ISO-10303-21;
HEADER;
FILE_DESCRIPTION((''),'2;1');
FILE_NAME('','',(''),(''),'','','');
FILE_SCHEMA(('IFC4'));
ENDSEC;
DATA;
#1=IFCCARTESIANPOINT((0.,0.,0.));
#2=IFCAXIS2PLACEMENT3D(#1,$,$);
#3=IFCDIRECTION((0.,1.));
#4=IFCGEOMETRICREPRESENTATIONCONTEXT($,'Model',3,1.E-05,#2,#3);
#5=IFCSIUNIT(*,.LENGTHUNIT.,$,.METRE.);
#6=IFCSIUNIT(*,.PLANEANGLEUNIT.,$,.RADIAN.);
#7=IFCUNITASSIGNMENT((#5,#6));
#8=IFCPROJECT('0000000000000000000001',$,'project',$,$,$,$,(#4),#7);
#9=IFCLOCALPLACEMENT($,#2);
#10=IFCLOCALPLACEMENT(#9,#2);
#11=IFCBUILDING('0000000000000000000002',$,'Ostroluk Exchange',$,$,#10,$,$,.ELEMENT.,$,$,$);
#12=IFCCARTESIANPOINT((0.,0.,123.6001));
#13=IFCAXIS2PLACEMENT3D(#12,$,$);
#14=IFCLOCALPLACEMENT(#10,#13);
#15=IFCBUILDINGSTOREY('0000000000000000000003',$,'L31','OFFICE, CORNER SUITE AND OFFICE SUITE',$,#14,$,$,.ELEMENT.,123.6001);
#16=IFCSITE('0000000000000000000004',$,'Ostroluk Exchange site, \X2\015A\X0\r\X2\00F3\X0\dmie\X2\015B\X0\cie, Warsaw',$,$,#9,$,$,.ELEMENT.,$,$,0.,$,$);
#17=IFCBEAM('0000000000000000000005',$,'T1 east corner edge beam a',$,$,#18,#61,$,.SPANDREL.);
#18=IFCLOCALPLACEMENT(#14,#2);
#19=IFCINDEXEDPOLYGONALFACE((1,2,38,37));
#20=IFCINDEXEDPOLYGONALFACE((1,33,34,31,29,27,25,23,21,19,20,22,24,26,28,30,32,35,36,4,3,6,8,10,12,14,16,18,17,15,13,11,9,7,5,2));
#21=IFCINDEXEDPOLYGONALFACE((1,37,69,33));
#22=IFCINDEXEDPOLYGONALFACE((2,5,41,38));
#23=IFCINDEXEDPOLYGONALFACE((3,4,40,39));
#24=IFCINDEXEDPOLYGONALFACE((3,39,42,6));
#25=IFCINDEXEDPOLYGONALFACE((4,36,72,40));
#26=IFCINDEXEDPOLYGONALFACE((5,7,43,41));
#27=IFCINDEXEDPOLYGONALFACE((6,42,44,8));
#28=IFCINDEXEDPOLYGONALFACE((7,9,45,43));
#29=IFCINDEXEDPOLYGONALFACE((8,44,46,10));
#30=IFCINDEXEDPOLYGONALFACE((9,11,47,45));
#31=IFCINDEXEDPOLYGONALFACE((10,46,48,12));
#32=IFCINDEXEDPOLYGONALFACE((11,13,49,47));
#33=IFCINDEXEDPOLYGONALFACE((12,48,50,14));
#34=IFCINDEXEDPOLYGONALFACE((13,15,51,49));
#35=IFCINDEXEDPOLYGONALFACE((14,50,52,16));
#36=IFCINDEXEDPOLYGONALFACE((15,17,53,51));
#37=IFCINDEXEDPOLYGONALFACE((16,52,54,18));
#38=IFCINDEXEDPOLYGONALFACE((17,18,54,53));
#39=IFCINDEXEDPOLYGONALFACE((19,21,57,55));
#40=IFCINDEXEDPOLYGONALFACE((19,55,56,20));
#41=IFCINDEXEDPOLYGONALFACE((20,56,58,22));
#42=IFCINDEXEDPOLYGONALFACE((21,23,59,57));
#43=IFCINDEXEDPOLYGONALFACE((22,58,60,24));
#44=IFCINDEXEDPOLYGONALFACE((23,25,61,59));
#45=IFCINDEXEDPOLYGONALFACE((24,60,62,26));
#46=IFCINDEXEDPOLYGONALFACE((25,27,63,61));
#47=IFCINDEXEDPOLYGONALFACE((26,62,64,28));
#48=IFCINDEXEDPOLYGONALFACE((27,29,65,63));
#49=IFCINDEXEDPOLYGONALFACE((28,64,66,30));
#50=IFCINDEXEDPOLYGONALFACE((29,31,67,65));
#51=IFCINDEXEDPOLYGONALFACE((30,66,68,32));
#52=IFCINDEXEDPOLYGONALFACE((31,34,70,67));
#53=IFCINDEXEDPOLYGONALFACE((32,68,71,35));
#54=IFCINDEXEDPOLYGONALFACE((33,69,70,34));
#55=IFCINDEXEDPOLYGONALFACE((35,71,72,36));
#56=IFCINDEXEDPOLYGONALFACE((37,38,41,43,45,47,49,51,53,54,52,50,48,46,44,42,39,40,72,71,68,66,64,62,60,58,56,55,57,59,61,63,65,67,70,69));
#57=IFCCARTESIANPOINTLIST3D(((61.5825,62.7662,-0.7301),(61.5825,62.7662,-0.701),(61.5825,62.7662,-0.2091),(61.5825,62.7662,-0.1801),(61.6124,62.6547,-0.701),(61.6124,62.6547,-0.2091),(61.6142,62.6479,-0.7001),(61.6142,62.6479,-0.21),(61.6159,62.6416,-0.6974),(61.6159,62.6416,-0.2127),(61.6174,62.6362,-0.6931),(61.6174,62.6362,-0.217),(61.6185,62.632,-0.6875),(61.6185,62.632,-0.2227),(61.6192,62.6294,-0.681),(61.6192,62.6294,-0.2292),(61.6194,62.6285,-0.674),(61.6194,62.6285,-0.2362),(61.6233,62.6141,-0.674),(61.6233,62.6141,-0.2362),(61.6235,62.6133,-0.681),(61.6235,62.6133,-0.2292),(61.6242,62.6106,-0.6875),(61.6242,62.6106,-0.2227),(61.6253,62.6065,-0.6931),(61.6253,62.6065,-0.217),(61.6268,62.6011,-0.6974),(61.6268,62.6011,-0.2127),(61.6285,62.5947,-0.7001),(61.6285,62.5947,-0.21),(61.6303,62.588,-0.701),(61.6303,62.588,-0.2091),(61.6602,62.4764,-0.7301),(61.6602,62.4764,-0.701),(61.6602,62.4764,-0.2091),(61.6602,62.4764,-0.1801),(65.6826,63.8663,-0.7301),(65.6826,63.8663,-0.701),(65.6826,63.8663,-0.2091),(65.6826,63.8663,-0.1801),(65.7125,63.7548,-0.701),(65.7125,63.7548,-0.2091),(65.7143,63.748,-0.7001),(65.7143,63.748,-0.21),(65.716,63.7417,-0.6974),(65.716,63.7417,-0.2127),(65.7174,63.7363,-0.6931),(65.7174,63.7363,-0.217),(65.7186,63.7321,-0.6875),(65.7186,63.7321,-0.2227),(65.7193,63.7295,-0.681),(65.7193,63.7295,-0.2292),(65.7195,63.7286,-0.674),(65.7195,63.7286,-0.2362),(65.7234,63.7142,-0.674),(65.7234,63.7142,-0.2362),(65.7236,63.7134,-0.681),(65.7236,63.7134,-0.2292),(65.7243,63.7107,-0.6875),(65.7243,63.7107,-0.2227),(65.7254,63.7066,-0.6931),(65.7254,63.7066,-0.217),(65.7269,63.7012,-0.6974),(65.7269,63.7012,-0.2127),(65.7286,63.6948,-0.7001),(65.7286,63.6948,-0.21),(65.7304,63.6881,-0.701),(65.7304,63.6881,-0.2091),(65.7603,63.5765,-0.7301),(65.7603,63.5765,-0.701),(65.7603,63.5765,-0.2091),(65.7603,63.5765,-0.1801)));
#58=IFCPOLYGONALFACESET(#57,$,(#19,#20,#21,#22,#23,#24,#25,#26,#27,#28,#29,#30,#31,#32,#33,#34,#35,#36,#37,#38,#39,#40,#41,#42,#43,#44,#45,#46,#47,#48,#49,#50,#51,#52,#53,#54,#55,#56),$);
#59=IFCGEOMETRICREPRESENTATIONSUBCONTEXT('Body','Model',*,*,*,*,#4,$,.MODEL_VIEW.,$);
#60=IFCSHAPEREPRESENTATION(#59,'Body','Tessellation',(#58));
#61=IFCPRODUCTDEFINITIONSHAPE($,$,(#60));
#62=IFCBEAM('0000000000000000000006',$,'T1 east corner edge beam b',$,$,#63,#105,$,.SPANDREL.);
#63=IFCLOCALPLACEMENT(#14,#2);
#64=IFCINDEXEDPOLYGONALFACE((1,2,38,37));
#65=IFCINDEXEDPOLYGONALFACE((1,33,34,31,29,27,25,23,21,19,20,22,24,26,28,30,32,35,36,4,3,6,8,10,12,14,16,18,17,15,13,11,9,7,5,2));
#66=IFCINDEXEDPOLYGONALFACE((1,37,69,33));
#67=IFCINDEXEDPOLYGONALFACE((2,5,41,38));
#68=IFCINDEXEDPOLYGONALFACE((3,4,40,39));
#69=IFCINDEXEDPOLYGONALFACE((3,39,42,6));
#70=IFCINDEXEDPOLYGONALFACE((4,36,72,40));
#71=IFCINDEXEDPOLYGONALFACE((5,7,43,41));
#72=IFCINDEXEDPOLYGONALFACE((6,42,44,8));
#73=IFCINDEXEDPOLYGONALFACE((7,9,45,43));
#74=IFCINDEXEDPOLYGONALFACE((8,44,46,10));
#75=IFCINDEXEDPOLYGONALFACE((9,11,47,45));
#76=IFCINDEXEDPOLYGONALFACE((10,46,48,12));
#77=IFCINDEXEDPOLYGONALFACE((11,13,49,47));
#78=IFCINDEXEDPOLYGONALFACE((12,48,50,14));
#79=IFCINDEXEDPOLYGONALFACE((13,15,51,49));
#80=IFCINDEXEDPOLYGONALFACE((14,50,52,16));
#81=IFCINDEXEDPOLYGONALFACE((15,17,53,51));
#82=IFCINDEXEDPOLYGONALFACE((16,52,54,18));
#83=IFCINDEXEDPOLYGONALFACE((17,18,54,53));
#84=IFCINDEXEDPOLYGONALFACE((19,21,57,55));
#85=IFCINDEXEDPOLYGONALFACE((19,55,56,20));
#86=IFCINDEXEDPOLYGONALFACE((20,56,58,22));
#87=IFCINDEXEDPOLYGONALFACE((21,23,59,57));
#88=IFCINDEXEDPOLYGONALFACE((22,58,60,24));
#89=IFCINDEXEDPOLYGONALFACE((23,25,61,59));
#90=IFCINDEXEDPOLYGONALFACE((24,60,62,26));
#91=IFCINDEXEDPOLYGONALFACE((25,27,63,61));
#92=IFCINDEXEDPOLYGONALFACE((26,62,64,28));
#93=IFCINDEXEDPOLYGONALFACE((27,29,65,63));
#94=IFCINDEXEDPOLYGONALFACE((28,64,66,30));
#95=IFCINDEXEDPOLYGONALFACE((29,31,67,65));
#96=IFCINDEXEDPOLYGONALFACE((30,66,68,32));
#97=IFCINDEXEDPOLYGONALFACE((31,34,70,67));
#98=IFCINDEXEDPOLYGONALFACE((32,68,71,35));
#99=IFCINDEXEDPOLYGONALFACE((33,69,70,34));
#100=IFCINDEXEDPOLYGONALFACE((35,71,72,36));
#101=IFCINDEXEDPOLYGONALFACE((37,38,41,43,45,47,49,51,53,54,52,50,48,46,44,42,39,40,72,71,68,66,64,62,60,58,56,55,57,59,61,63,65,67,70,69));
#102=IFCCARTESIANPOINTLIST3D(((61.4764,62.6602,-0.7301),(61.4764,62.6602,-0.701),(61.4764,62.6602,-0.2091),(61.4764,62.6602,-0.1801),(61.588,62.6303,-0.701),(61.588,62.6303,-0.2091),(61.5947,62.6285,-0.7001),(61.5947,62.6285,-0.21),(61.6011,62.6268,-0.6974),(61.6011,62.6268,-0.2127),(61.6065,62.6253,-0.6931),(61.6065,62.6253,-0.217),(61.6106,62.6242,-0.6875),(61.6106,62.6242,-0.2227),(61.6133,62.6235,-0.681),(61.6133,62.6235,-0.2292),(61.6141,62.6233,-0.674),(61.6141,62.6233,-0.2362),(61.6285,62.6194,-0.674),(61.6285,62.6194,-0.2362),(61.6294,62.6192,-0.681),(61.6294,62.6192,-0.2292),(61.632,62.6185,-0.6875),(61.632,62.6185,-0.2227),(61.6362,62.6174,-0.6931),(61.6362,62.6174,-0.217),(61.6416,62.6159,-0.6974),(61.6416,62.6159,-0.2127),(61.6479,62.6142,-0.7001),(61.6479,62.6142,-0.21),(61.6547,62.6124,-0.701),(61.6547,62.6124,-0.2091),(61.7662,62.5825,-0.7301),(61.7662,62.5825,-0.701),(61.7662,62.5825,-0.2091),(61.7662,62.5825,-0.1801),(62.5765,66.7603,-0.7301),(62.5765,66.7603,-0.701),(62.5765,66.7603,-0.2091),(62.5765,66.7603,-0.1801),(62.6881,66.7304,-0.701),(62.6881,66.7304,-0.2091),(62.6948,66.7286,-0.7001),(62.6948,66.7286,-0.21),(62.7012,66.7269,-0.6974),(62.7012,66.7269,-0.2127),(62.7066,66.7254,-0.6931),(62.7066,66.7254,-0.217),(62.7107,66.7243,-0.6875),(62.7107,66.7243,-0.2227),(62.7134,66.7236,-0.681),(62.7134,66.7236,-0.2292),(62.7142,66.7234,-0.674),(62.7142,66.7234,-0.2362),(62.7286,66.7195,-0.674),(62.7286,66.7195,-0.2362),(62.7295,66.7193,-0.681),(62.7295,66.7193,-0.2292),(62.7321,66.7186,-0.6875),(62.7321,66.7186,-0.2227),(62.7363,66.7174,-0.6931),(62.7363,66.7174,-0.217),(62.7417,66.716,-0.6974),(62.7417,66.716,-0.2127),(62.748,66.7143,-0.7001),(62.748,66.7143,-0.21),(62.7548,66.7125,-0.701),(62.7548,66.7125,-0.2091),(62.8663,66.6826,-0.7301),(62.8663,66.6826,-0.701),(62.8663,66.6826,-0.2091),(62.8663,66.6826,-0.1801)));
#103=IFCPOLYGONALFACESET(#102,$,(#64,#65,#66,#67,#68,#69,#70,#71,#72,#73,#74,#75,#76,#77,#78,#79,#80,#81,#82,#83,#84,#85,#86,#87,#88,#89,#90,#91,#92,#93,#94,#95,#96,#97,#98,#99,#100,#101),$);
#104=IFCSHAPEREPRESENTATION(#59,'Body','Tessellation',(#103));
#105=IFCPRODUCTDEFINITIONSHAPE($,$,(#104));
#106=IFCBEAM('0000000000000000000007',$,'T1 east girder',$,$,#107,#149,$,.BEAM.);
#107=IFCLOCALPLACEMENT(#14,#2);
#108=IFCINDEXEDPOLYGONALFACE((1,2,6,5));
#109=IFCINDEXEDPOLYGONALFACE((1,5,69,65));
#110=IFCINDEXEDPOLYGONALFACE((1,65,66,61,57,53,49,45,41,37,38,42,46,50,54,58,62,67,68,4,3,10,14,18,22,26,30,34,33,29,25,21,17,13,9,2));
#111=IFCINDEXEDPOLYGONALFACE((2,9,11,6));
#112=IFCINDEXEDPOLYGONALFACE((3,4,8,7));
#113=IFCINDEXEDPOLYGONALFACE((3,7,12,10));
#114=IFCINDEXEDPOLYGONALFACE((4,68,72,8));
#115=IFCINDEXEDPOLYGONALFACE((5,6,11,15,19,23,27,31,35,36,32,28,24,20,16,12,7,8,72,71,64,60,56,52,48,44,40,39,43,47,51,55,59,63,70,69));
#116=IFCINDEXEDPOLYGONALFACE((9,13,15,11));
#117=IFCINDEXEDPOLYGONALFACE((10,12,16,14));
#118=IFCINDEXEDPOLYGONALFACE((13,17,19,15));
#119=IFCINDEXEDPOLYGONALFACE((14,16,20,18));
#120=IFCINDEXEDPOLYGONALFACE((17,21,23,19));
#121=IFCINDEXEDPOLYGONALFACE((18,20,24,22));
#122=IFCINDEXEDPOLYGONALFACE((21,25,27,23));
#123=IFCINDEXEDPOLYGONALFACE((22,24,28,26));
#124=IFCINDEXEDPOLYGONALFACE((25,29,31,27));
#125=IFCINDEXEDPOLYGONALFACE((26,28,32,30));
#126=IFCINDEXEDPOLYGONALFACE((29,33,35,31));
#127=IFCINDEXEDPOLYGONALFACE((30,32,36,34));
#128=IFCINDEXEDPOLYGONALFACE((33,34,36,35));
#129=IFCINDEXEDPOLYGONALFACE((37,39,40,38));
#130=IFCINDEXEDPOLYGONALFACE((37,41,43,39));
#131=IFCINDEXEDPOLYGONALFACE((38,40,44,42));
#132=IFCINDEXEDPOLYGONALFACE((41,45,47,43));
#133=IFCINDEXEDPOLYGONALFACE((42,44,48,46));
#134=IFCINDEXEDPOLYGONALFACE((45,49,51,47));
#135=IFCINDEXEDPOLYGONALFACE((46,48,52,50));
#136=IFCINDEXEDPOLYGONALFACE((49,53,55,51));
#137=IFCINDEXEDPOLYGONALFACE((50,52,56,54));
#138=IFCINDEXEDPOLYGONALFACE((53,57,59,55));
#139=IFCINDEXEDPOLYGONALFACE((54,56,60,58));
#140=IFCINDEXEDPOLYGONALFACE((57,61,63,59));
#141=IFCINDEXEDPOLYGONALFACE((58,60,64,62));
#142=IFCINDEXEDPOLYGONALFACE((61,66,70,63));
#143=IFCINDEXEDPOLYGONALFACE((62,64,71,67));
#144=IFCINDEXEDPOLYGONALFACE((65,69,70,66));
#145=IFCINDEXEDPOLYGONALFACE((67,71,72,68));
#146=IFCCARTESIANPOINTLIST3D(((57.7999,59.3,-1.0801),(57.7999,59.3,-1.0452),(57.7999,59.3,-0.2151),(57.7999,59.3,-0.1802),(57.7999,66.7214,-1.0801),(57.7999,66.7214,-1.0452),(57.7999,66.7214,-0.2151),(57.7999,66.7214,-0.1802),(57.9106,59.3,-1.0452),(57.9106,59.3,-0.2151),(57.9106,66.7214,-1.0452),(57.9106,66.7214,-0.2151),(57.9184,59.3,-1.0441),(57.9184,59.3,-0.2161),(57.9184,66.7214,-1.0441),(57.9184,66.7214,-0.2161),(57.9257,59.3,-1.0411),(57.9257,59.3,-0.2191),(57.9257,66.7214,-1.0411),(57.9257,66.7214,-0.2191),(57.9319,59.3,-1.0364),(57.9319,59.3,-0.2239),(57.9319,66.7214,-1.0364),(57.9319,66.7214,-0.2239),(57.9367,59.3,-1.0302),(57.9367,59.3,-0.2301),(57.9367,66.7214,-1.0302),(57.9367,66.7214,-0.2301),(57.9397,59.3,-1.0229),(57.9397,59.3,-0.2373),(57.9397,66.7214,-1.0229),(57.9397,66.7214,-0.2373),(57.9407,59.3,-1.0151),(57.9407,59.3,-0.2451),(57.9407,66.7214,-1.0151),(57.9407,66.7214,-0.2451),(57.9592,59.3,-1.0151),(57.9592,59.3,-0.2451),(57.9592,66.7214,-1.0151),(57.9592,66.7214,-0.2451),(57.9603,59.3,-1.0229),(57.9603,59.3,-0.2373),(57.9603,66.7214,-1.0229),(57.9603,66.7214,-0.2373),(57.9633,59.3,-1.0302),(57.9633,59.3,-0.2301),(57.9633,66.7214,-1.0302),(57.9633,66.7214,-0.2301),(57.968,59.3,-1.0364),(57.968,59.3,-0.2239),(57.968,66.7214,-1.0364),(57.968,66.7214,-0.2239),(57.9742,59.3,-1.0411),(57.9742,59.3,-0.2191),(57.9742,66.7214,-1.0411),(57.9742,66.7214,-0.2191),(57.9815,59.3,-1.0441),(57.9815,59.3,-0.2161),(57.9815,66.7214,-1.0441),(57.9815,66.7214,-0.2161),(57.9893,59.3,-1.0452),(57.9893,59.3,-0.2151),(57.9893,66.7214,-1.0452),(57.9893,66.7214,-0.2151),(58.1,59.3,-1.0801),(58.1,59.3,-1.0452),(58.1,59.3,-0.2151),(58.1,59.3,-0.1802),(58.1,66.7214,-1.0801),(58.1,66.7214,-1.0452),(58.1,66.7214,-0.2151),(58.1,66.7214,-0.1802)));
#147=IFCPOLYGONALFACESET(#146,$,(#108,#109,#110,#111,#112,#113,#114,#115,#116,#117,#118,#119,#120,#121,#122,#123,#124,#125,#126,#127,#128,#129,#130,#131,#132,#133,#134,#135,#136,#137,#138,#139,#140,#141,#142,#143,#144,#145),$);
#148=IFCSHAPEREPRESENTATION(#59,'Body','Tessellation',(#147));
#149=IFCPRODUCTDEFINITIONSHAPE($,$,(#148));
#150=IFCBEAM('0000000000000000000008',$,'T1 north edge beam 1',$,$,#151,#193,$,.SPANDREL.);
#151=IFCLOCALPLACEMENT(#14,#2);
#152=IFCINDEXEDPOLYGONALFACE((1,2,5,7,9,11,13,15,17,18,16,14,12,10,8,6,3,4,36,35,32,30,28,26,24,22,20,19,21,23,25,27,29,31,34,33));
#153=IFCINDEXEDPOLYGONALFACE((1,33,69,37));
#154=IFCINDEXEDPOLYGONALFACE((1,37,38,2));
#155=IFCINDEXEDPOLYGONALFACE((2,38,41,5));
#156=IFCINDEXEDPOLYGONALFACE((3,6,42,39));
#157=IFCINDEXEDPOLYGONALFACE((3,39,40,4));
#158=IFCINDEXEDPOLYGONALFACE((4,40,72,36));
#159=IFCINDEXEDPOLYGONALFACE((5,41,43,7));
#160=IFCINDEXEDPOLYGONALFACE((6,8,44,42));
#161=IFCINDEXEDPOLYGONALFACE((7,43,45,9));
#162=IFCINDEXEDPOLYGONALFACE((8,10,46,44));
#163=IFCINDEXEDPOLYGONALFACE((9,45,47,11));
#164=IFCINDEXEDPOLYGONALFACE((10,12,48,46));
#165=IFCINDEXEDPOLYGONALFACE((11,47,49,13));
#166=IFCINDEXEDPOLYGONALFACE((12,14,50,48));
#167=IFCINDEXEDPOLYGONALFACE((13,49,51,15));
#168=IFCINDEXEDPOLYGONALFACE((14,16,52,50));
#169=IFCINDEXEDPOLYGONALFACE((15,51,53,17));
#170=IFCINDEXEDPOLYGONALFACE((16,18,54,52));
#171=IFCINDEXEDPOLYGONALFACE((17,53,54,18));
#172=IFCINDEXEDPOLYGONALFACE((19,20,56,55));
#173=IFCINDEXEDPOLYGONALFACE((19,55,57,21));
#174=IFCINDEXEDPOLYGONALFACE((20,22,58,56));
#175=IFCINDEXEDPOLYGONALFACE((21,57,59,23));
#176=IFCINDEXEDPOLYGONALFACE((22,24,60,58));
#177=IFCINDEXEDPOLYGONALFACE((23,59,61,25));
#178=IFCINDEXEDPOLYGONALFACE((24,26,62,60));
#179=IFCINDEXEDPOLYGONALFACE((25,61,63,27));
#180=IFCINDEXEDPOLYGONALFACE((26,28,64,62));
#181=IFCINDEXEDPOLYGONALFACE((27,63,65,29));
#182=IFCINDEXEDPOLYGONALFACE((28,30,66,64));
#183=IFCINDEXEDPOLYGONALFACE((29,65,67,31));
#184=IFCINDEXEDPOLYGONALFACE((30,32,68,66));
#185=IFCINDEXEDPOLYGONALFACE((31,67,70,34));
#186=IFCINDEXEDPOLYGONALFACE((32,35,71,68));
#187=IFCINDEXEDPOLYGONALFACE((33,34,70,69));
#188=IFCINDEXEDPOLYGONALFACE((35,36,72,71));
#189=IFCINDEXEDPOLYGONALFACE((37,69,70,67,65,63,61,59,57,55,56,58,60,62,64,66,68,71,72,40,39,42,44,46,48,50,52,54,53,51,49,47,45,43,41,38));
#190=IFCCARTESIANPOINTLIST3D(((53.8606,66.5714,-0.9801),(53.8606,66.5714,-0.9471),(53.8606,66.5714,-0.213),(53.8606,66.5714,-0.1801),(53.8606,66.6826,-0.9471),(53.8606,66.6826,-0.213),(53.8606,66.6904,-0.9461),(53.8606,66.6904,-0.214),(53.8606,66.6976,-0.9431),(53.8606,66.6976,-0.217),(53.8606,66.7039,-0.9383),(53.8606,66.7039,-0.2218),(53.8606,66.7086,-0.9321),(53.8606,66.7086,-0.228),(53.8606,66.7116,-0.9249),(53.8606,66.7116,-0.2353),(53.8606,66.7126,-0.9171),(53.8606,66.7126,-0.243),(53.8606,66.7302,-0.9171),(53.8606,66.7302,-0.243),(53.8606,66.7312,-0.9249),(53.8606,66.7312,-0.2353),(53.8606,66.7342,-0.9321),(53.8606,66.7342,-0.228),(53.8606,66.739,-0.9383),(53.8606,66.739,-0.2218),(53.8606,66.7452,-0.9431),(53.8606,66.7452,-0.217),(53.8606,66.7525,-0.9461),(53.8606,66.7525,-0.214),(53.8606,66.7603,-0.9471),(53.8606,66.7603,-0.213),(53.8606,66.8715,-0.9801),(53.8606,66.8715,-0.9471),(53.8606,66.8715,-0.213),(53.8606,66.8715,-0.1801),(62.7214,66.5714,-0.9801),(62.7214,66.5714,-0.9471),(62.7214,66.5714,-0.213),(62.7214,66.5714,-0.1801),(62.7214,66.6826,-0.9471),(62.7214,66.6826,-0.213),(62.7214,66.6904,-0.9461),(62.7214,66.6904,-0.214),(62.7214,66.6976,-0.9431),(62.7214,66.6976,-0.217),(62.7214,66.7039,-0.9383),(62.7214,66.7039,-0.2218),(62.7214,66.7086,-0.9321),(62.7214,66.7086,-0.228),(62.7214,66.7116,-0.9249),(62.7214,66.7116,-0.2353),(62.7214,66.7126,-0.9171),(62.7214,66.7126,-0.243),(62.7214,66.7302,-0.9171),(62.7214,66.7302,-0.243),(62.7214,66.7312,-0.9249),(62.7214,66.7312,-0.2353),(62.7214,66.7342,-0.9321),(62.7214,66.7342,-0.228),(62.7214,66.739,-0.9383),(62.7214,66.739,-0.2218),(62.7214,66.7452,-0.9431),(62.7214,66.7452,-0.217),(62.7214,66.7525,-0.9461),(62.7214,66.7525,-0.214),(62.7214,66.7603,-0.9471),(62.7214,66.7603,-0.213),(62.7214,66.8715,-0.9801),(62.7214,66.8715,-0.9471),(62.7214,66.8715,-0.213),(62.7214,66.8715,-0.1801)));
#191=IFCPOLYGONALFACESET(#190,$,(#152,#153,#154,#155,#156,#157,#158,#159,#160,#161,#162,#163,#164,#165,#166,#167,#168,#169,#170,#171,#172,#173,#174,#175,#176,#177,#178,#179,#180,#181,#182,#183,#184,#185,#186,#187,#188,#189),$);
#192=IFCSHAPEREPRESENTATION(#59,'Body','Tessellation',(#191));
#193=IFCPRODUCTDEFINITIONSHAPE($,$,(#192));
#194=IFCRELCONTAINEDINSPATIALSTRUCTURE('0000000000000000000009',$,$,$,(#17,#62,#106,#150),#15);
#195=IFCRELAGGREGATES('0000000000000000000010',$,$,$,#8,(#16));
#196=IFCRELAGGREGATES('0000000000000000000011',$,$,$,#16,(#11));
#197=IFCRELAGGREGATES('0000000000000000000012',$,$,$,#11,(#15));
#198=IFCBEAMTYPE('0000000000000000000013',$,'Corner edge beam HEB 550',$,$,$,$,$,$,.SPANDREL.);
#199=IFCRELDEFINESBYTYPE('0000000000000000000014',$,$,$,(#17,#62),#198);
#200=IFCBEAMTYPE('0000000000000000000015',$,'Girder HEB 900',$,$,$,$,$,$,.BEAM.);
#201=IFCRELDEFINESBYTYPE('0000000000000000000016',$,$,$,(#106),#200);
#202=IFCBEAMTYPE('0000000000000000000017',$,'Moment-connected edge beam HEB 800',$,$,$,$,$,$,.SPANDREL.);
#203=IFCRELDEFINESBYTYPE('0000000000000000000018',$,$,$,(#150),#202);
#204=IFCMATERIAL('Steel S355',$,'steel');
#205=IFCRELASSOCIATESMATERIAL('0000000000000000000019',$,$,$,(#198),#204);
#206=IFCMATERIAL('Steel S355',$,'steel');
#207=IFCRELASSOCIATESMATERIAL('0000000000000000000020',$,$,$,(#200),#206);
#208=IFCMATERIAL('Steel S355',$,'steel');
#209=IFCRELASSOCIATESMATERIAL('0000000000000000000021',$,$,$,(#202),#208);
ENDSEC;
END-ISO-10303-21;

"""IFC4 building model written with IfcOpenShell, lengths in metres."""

from ifc_helpers import new_model, si_unit, direction, frame, origin, origin_2d, place, context, subcontext, project, spatial, i_section, extrude, material, material_profile, profile_set, type_object, element, save


model = new_model("IFC4")

# Units and contexts
model_context = context("Model", 3, precision=1e-05, world=origin(), true_north=direction((0.0, 1.0)))
body_context = subcontext(model_context, "Body", "Model", "MODEL_VIEW")
ifc_project = project(units=[si_unit("LENGTHUNIT", "METRE"), si_unit("PLANEANGLEUNIT", "RADIAN")], contexts=[model_context])

# Site, building, storey
site_placement = place(None, origin())
site = spatial("IfcSite", under=ifc_project, at=site_placement, Name="Ostroluk Exchange site, Śródmieście, Warsaw", CompositionType="ELEMENT", RefElevation=0.0)
building_placement = place(site_placement, origin())
building = spatial("IfcBuilding", under=site, at=building_placement, Name="Ostroluk Exchange", CompositionType="ELEMENT")
storey_placement = place(building_placement, frame((0.0, 0.0, 123.6001)))
storey = spatial("IfcBuildingStorey", under=building, at=storey_placement, Name="L31", Description="OFFICE, CORNER SUITE AND OFFICE SUITE", CompositionType="ELEMENT", Elevation=123.6001)

# Beams
ifc_material_1 = material(Name="Steel S355", Category="steel")
ifc_material_profile_1 = material_profile(ifc_material_1, i_section(OverallWidth=0.3, OverallDepth=0.55, WebThickness=0.0149, FlangeThickness=0.0291, FilletRadius=0.0271, at=origin_2d()), Name="HEB 550")
ifc_profile_set_1 = profile_set([ifc_material_profile_1], Name="Steel S355")
beam_type_1 = type_object("IfcBeamType", Name="Corner edge beam HEB 550", PredefinedType="SPANDREL", material=ifc_profile_set_1)
for number, where, z_axis, x_axis, name in (
    (1, (61.6213, 62.6213, -0.4551), (0.965839, 0.259144, 0.0), (-0.259144, 0.965839, 0.0), "T1 east corner edge beam a"),
    (2, (61.6213, 62.6213, -0.4551), (0.259144, 0.965839, 0.0), (-0.965839, 0.259144, 0.0), "T1 east corner edge beam b"),
):
    element("IfcBeam", number, at=place(storey_placement, frame(where, z_axis=z_axis, x_axis=x_axis)), inside=storey, type_object=beam_type_1, Name=name, PredefinedType="SPANDREL", context=body_context, shape_type="SweptSolid", body=[
        extrude(i_section(OverallWidth=0.3, OverallDepth=0.55, WebThickness=0.0149, FlangeThickness=0.0291, FilletRadius=0.0271, at=origin_2d()), origin(), (0.0, 0.0, 1.0), 4.2451),
    ])
ifc_material_2 = material(Name="Steel S355", Category="steel")
ifc_material_profile_2 = material_profile(ifc_material_2, i_section(OverallWidth=0.3, OverallDepth=0.8999, WebThickness=0.0186, FlangeThickness=0.0349, FilletRadius=0.03, at=origin_2d()), Name="HEB 900")
ifc_profile_set_2 = profile_set([ifc_material_profile_2], Name="Steel S355")
beam_type_2 = type_object("IfcBeamType", Name="Girder HEB 900", PredefinedType="BEAM", material=ifc_profile_set_2)
beam_1_placement = place(storey_placement, frame((57.95, 59.3, -0.6301), z_axis=(0.0, 1.0, 0.0), x_axis=(-1.0, 0.0, 0.0)))
element("IfcBeam", 3, at=beam_1_placement, inside=storey, type_object=beam_type_2, Name="T1 east girder", PredefinedType="BEAM", context=body_context, shape_type="SweptSolid", body=[
    extrude(i_section(OverallWidth=0.3, OverallDepth=0.8999, WebThickness=0.0186, FlangeThickness=0.0349, FilletRadius=0.03, at=origin_2d()), origin(), (0.0, 0.0, 1.0), 7.4214),
])
ifc_material_3 = material(Name="Steel S355", Category="steel")
ifc_material_profile_3 = material_profile(ifc_material_3, i_section(OverallWidth=0.3, OverallDepth=0.8, WebThickness=0.0176, FlangeThickness=0.033, FilletRadius=0.03, at=origin_2d()), Name="HEB 800")
ifc_profile_set_3 = profile_set([ifc_material_profile_3], Name="Steel S355")
beam_type_3 = type_object("IfcBeamType", Name="Moment-connected edge beam HEB 800", PredefinedType="SPANDREL", material=ifc_profile_set_3)
beam_2_placement = place(storey_placement, frame((62.7214, 66.7214, -0.5801), z_axis=(-1.0, 0.0, 0.0), x_axis=(0.0, -1.0, 0.0)))
element("IfcBeam", 4, at=beam_2_placement, inside=storey, type_object=beam_type_3, Name="T1 north edge beam 1", PredefinedType="SPANDREL", context=body_context, shape_type="SweptSolid", body=[
    extrude(i_section(OverallWidth=0.3, OverallDepth=0.8, WebThickness=0.0176, FlangeThickness=0.033, FilletRadius=0.03, at=origin_2d()), origin(), (0.0, 0.0, 1.0), 8.8608),
])

save(model, "model.ifc")
